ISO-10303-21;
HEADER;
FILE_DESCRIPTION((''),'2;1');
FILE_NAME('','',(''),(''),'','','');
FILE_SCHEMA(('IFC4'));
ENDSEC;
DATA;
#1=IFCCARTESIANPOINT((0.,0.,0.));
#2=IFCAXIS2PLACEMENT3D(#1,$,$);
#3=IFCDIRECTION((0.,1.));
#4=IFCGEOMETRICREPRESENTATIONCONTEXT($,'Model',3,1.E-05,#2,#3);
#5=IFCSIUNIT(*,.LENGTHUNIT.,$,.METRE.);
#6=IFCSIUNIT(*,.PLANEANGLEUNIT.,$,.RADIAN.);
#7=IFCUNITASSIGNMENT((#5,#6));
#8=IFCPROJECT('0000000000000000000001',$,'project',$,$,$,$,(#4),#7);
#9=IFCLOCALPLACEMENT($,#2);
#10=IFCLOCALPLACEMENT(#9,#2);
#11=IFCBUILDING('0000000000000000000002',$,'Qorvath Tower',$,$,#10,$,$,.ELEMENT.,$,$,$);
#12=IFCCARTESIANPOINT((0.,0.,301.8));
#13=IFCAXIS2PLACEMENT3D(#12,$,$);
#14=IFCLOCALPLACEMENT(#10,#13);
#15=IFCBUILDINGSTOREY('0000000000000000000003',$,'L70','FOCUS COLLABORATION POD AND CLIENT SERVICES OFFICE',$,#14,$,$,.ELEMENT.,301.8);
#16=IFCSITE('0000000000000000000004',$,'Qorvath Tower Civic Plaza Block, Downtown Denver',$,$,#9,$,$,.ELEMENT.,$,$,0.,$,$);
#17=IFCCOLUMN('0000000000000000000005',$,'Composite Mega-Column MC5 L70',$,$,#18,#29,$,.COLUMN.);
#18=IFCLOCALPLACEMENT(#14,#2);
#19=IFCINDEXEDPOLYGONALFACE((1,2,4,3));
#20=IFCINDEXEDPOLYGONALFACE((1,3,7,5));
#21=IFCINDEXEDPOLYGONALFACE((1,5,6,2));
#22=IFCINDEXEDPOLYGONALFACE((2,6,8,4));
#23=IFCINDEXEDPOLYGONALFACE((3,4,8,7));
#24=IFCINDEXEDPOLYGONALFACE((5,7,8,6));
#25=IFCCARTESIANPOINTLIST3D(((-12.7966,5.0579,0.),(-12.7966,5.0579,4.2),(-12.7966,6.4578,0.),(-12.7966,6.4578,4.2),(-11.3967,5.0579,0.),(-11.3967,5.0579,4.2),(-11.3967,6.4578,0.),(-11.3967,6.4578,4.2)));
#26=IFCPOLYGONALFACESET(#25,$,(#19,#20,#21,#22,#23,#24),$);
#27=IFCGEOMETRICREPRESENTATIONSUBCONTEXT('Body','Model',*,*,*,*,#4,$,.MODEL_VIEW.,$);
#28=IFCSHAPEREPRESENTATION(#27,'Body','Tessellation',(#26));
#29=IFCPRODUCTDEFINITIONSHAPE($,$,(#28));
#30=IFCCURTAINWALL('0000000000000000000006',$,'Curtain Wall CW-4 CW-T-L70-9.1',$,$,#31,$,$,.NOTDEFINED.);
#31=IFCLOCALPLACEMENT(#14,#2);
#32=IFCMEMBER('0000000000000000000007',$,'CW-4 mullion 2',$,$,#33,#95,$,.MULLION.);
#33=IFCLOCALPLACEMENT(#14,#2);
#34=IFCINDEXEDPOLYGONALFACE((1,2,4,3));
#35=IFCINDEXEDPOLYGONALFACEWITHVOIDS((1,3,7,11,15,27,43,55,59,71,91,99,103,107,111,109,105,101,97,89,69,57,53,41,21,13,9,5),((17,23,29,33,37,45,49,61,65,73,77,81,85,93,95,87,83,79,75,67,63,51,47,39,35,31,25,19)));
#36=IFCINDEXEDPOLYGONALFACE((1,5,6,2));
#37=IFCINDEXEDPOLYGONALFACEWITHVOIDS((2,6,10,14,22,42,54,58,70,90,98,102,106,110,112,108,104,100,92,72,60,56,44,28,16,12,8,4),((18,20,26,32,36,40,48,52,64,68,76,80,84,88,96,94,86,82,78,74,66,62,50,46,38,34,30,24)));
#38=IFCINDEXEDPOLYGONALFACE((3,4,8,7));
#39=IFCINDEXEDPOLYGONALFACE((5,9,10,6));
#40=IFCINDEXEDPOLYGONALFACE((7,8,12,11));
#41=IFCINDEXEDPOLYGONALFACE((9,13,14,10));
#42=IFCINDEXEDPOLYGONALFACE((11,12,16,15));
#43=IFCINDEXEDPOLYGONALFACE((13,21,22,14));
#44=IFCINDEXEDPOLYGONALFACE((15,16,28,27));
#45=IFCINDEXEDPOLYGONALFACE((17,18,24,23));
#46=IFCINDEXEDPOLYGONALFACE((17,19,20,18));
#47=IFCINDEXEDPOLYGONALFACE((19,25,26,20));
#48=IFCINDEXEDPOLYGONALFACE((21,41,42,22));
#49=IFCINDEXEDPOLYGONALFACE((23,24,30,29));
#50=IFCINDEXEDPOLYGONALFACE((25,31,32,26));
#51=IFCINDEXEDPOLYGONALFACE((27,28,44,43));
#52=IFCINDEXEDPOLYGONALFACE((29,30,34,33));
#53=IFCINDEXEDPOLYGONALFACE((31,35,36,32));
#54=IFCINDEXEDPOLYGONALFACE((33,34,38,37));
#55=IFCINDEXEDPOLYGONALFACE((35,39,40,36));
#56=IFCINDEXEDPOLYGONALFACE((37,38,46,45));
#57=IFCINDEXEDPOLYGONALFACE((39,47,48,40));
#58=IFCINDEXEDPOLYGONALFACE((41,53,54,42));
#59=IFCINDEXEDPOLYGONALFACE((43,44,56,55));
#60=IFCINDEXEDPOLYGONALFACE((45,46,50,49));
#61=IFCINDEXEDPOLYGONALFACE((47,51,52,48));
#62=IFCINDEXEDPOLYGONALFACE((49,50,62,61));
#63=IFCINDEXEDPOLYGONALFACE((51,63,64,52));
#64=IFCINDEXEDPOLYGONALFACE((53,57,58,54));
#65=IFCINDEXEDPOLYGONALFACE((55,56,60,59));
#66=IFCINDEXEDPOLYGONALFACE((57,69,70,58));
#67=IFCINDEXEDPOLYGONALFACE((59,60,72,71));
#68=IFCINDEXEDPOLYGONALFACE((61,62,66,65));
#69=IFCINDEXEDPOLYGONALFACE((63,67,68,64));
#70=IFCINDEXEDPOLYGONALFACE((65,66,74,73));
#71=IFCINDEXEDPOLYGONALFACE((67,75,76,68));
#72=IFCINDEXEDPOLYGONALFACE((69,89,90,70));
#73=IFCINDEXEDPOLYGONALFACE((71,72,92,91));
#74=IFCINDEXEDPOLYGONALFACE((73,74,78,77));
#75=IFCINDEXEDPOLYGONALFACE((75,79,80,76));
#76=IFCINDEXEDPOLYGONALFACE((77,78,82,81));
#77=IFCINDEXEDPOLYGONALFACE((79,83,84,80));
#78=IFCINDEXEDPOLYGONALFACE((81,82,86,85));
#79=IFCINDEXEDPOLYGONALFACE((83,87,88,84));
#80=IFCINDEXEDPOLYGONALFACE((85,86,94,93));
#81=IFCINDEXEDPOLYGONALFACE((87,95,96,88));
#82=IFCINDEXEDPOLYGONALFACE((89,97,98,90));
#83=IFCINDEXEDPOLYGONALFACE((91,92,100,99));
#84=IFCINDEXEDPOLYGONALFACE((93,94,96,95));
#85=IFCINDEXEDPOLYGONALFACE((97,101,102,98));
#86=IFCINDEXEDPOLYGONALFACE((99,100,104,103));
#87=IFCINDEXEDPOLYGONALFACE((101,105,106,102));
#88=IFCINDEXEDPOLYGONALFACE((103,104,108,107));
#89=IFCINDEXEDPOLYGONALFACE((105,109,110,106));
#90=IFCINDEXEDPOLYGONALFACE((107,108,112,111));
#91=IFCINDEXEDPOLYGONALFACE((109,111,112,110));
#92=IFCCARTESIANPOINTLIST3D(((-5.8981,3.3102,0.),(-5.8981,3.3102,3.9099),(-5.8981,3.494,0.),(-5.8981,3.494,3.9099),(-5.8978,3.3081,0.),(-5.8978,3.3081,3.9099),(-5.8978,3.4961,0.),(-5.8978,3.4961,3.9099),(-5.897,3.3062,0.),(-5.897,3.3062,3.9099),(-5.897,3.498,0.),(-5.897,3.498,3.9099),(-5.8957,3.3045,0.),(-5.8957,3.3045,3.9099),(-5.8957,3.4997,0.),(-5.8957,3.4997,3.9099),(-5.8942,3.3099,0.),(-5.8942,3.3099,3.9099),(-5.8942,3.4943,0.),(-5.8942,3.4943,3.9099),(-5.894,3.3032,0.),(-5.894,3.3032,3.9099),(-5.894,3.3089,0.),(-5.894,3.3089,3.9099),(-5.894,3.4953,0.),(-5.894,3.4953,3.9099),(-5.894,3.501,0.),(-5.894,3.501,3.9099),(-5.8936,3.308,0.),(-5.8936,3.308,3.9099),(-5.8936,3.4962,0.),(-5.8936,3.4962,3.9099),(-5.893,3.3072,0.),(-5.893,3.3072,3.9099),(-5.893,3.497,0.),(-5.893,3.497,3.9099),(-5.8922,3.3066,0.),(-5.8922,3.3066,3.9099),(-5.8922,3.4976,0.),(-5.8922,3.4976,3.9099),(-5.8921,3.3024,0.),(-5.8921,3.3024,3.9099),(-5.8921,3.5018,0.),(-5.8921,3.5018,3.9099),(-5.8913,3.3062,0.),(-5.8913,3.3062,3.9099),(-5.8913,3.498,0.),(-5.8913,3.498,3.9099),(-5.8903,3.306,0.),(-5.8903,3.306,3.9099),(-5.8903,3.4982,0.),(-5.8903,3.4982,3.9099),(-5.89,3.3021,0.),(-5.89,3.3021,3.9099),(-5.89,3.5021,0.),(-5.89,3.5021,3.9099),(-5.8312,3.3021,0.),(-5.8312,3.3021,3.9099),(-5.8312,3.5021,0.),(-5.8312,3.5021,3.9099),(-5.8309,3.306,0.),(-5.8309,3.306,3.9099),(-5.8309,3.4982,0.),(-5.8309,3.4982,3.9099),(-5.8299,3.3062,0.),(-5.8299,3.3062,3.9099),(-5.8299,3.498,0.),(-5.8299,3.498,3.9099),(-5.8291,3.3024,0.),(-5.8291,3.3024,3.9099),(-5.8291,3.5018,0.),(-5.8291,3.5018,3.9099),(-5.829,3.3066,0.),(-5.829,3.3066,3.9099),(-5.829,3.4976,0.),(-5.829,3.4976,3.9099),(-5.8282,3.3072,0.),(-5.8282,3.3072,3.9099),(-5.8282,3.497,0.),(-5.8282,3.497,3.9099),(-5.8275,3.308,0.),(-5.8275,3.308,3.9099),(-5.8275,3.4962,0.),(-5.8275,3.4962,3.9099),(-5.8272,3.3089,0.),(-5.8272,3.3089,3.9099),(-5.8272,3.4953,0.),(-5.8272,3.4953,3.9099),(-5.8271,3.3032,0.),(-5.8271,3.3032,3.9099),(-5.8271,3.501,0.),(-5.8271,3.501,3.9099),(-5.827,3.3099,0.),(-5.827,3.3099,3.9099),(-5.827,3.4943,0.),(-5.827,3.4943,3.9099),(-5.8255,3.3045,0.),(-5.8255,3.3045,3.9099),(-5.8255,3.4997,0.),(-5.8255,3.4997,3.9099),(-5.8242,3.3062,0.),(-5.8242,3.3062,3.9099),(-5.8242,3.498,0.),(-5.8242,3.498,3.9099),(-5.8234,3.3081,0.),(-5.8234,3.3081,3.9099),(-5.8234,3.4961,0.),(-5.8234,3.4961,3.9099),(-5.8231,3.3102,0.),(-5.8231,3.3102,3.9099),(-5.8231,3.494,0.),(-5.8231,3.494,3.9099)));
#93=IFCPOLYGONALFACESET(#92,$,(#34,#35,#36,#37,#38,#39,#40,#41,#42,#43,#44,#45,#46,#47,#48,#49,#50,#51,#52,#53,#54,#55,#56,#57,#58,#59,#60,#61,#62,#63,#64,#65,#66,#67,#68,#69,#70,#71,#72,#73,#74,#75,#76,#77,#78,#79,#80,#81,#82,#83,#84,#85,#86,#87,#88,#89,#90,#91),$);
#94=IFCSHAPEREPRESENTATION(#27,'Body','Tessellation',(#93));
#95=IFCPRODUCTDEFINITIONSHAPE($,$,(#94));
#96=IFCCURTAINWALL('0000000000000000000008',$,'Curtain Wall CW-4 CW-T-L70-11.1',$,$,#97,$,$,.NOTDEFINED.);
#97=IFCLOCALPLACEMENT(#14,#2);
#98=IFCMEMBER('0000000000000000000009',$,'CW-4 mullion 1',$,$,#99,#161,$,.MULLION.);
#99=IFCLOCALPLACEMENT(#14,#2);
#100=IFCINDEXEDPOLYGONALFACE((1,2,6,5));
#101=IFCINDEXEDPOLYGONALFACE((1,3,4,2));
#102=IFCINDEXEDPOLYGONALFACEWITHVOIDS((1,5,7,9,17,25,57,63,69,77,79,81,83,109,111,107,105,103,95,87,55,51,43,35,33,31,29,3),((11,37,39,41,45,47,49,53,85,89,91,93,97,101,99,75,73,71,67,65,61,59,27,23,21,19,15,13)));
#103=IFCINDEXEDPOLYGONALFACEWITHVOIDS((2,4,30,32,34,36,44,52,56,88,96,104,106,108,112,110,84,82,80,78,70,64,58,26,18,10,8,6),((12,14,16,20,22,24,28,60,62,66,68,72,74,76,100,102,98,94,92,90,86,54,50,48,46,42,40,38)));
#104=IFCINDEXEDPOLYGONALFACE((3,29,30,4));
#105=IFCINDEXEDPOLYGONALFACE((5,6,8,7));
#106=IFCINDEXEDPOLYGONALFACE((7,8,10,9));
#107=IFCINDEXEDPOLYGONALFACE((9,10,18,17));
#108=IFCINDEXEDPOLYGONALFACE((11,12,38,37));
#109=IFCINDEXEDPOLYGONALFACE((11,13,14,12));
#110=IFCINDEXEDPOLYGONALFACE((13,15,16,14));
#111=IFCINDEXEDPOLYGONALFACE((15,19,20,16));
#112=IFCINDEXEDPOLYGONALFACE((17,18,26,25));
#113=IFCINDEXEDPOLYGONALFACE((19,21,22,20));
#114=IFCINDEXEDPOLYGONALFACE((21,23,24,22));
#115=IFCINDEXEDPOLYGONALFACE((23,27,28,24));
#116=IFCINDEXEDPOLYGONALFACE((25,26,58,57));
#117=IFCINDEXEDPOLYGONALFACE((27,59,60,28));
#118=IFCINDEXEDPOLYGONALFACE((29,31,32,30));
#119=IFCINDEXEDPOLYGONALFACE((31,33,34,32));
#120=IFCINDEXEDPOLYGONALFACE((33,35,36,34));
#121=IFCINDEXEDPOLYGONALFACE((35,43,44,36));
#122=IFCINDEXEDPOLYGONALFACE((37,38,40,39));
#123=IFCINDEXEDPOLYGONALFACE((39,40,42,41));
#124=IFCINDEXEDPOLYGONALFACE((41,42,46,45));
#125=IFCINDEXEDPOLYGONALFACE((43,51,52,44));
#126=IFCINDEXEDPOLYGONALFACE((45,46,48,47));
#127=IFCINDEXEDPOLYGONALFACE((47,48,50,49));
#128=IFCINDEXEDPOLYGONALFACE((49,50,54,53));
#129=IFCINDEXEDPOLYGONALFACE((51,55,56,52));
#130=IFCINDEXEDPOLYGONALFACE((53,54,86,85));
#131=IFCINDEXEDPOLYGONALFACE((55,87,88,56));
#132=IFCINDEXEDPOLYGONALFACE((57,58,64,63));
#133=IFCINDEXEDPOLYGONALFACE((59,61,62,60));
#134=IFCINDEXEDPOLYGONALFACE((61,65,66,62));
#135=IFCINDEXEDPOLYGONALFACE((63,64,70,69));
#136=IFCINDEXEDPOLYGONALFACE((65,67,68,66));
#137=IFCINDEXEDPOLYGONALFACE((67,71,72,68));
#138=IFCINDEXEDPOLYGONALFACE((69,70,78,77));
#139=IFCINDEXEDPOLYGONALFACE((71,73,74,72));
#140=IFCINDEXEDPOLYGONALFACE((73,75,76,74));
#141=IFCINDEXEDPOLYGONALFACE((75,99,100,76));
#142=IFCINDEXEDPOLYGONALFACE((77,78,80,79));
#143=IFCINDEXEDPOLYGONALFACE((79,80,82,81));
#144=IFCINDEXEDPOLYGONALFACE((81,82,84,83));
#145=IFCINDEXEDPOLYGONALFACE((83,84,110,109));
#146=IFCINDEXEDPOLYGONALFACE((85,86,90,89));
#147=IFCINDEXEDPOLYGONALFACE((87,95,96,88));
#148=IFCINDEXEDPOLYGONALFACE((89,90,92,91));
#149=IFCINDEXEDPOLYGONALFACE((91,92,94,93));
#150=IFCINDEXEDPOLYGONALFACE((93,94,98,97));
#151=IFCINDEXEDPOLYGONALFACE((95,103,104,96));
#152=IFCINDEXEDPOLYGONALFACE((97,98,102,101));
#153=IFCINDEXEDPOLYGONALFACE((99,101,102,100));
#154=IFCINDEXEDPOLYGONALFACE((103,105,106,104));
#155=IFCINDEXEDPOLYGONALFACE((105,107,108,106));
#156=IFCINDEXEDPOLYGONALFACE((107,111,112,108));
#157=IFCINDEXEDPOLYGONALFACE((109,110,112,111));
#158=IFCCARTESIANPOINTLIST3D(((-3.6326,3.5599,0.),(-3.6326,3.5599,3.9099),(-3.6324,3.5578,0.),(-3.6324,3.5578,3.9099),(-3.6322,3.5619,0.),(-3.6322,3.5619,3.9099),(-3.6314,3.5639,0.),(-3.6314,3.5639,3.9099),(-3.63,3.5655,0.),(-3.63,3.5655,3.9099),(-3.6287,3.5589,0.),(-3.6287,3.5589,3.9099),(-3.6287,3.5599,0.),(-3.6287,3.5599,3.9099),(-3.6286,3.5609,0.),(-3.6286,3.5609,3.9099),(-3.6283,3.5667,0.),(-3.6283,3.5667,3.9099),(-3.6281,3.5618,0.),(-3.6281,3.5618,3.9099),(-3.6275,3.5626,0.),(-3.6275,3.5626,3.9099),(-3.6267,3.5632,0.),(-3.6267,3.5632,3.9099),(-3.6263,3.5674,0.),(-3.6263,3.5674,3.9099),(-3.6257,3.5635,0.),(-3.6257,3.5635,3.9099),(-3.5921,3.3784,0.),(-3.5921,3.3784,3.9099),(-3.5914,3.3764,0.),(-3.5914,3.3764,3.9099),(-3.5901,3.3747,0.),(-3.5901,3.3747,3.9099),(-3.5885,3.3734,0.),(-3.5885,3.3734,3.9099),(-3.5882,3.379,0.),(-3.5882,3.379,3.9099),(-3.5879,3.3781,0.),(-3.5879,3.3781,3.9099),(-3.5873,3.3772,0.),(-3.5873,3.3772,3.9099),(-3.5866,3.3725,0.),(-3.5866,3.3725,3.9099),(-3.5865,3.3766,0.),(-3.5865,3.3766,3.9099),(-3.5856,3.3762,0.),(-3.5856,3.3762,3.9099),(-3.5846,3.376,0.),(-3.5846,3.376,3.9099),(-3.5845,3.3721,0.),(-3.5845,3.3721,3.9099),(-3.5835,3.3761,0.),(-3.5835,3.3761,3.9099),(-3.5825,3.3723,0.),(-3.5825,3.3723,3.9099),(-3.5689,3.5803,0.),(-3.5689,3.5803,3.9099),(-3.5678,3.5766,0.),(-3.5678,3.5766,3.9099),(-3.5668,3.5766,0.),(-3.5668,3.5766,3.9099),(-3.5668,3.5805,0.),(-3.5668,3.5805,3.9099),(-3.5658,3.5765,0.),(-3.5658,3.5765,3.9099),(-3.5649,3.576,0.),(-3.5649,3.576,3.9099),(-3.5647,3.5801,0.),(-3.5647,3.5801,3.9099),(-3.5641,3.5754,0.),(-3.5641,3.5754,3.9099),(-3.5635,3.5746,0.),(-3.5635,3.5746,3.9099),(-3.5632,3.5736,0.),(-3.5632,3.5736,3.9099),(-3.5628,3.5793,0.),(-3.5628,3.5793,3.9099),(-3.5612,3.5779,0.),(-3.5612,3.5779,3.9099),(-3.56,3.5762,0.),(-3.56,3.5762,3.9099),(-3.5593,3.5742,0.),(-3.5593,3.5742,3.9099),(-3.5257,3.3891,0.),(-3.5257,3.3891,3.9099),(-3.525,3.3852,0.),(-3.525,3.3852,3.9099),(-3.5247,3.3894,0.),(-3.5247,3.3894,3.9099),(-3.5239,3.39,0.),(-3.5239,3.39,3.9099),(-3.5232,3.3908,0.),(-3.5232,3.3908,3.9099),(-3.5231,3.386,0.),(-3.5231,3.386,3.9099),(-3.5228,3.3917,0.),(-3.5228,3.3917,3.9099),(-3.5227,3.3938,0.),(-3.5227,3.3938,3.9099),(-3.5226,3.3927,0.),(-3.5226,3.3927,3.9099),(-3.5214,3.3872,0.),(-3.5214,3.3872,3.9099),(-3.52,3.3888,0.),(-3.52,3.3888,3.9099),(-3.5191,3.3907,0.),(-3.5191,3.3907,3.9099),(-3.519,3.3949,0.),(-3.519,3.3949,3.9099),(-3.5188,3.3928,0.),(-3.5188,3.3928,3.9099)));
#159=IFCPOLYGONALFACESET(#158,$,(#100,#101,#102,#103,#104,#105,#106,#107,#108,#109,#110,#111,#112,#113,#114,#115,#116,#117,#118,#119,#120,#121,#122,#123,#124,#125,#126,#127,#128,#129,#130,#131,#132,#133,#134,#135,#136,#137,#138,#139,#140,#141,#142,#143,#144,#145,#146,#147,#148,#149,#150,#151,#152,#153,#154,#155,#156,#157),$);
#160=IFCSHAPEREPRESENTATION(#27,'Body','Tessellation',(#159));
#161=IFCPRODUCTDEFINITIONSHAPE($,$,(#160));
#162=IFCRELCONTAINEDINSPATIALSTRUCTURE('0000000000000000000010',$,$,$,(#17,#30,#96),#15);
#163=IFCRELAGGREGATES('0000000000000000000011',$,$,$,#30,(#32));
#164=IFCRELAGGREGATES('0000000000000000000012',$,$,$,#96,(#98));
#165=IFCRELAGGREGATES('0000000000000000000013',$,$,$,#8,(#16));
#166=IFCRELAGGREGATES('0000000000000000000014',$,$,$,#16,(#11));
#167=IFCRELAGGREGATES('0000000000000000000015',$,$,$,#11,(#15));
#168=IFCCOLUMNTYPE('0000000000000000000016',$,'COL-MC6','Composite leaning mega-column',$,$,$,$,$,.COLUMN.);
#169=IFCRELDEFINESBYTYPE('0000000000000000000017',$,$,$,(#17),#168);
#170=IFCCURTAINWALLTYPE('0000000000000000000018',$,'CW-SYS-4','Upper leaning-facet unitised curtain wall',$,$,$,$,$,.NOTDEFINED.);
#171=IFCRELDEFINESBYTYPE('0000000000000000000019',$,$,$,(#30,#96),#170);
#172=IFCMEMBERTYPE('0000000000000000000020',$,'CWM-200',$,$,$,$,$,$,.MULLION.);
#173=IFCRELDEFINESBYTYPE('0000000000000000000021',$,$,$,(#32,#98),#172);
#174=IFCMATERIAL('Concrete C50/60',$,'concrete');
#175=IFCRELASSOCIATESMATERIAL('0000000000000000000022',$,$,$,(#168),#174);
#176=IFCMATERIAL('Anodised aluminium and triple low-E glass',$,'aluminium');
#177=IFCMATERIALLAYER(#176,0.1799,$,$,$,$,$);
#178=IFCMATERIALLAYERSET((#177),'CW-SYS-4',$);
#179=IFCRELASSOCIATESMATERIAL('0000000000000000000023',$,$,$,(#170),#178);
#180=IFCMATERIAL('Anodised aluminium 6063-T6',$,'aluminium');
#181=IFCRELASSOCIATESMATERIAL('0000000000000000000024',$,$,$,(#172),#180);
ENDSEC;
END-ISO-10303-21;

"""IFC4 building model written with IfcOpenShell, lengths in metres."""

from ifc_helpers import new_model, si_unit, direction, frame, origin, origin_2d, place, context, subcontext, project, spatial, rectangle, hollow_rectangle, extrude, material, layer, layer_set, material_profile, profile_set, type_object, element, aggregate, save


model = new_model("IFC4")

# Units and contexts
model_context = context("Model", 3, precision=1e-05, world=origin(), true_north=direction((0.0, 1.0)))
body_context = subcontext(model_context, "Body", "Model", "MODEL_VIEW")
ifc_project = project(units=[si_unit("LENGTHUNIT", "METRE"), si_unit("PLANEANGLEUNIT", "RADIAN")], contexts=[model_context])

# Site, building, storey
site_placement = place(None, origin())
site = spatial("IfcSite", under=ifc_project, at=site_placement, Name="Qorvath Tower Civic Plaza Block, Downtown Denver", CompositionType="ELEMENT", RefElevation=0.0)
building_placement = place(site_placement, origin())
building = spatial("IfcBuilding", under=site, at=building_placement, Name="Qorvath Tower", CompositionType="ELEMENT")
storey_placement = place(building_placement, frame((0.0, 0.0, 301.8)))
storey = spatial("IfcBuildingStorey", under=building, at=storey_placement, Name="L70", Description="FOCUS COLLABORATION POD AND CLIENT SERVICES OFFICE", CompositionType="ELEMENT", Elevation=301.8)

# Column
ifc_material_1 = material(Name="Concrete C50/60", Category="concrete")
ifc_material_profile_1 = material_profile(ifc_material_1, rectangle(XDim=1.3999, YDim=1.3999, at=origin_2d()), Name="MC 1400x1400")
ifc_profile_set_1 = profile_set([ifc_material_profile_1], Name="Concrete C50/60")
column_type = type_object("IfcColumnType", Name="COL-MC6", Description="Composite leaning mega-column", PredefinedType="COLUMN", material=ifc_profile_set_1)
column_placement = place(storey_placement, frame((-12.0967, 5.7578, 0.0), z_axis=(0.0, 0.0, 1.0), x_axis=(1.0, 0.0, 0.0)))
element("IfcColumn", 1, at=column_placement, inside=storey, type_object=column_type, Name="Composite Mega-Column MC5 L70", PredefinedType="COLUMN", context=body_context, shape_type="SweptSolid", body=[
    extrude(rectangle(XDim=1.3999, YDim=1.3999, at=origin_2d()), origin(), (0.0, 0.0, 1.0), 4.2),
])

# Curtain wall, member
ifc_material_2 = material(Name="Anodised aluminium and triple low-E glass", Category="aluminium")
ifc_layer_1 = layer(ifc_material_2, 0.1799)
ifc_layer_set_1 = layer_set([ifc_layer_1], Name="CW-SYS-4")
curtain_wall_type = type_object("IfcCurtainWallType", Name="CW-SYS-4", Description="Upper leaning-facet unitised curtain wall", PredefinedType="NOTDEFINED", material=ifc_layer_set_1)
curtain_wall_1_placement = place(storey_placement, origin())
curtain_wall_1 = element("IfcCurtainWall", 2, at=curtain_wall_1_placement, inside=storey, type_object=curtain_wall_type, Name="Curtain Wall CW-4 CW-T-L70-9.1", PredefinedType="NOTDEFINED")
ifc_material_3 = material(Name="Anodised aluminium 6063-T6", Category="aluminium")
ifc_material_profile_2 = material_profile(ifc_material_3, hollow_rectangle(XDim=0.075, YDim=0.2, WallThickness=0.0039, InnerFilletRadius=0.0039, OuterFilletRadius=0.0081, at=origin_2d()), Name="CWM 200x75")
ifc_profile_set_2 = profile_set([ifc_material_profile_2], Name="Anodised aluminium 6063-T6")
member_type_1 = type_object("IfcMemberType", Name="CWM-200", PredefinedType="MULLION", material=ifc_profile_set_2)
member_1_placement = place(storey_placement, frame((-5.8606, 3.4021, 0.0), z_axis=(0.0, 0.0, 1.0), x_axis=(-1.0, 0.0, 0.0)))
member_1 = element("IfcMember", 3, at=member_1_placement, type_object=member_type_1, Name="CW-4 mullion 2", PredefinedType="MULLION", context=body_context, shape_type="SweptSolid", body=[
    extrude(hollow_rectangle(XDim=0.075, YDim=0.2, WallThickness=0.0039, InnerFilletRadius=0.0039, OuterFilletRadius=0.0081, at=origin_2d()), origin(), (0.0, 0.0, 1.0), 3.9099),
])
aggregate(curtain_wall_1, [member_1])

# Curtain wall, member
curtain_wall_2_placement = place(storey_placement, origin())
curtain_wall_2 = element("IfcCurtainWall", 4, at=curtain_wall_2_placement, inside=storey, type_object=curtain_wall_type, Name="Curtain Wall CW-4 CW-T-L70-11.1", PredefinedType="NOTDEFINED")
member_2_placement = place(storey_placement, frame((-3.5757, 3.4763, 0.0), z_axis=(0.0, 0.0, 1.0), x_axis=(-0.975637, -0.219389, 0.0)))
member_2 = element("IfcMember", 5, at=member_2_placement, type_object=member_type_1, Name="CW-4 mullion 1", PredefinedType="MULLION", context=body_context, shape_type="SweptSolid", body=[
    extrude(hollow_rectangle(XDim=0.075, YDim=0.2, WallThickness=0.0039, InnerFilletRadius=0.0039, OuterFilletRadius=0.0081, at=origin_2d()), origin(), (0.0, 0.0, 1.0), 3.9099),
])
aggregate(curtain_wall_2, [member_2])

save(model, "model.ifc")
